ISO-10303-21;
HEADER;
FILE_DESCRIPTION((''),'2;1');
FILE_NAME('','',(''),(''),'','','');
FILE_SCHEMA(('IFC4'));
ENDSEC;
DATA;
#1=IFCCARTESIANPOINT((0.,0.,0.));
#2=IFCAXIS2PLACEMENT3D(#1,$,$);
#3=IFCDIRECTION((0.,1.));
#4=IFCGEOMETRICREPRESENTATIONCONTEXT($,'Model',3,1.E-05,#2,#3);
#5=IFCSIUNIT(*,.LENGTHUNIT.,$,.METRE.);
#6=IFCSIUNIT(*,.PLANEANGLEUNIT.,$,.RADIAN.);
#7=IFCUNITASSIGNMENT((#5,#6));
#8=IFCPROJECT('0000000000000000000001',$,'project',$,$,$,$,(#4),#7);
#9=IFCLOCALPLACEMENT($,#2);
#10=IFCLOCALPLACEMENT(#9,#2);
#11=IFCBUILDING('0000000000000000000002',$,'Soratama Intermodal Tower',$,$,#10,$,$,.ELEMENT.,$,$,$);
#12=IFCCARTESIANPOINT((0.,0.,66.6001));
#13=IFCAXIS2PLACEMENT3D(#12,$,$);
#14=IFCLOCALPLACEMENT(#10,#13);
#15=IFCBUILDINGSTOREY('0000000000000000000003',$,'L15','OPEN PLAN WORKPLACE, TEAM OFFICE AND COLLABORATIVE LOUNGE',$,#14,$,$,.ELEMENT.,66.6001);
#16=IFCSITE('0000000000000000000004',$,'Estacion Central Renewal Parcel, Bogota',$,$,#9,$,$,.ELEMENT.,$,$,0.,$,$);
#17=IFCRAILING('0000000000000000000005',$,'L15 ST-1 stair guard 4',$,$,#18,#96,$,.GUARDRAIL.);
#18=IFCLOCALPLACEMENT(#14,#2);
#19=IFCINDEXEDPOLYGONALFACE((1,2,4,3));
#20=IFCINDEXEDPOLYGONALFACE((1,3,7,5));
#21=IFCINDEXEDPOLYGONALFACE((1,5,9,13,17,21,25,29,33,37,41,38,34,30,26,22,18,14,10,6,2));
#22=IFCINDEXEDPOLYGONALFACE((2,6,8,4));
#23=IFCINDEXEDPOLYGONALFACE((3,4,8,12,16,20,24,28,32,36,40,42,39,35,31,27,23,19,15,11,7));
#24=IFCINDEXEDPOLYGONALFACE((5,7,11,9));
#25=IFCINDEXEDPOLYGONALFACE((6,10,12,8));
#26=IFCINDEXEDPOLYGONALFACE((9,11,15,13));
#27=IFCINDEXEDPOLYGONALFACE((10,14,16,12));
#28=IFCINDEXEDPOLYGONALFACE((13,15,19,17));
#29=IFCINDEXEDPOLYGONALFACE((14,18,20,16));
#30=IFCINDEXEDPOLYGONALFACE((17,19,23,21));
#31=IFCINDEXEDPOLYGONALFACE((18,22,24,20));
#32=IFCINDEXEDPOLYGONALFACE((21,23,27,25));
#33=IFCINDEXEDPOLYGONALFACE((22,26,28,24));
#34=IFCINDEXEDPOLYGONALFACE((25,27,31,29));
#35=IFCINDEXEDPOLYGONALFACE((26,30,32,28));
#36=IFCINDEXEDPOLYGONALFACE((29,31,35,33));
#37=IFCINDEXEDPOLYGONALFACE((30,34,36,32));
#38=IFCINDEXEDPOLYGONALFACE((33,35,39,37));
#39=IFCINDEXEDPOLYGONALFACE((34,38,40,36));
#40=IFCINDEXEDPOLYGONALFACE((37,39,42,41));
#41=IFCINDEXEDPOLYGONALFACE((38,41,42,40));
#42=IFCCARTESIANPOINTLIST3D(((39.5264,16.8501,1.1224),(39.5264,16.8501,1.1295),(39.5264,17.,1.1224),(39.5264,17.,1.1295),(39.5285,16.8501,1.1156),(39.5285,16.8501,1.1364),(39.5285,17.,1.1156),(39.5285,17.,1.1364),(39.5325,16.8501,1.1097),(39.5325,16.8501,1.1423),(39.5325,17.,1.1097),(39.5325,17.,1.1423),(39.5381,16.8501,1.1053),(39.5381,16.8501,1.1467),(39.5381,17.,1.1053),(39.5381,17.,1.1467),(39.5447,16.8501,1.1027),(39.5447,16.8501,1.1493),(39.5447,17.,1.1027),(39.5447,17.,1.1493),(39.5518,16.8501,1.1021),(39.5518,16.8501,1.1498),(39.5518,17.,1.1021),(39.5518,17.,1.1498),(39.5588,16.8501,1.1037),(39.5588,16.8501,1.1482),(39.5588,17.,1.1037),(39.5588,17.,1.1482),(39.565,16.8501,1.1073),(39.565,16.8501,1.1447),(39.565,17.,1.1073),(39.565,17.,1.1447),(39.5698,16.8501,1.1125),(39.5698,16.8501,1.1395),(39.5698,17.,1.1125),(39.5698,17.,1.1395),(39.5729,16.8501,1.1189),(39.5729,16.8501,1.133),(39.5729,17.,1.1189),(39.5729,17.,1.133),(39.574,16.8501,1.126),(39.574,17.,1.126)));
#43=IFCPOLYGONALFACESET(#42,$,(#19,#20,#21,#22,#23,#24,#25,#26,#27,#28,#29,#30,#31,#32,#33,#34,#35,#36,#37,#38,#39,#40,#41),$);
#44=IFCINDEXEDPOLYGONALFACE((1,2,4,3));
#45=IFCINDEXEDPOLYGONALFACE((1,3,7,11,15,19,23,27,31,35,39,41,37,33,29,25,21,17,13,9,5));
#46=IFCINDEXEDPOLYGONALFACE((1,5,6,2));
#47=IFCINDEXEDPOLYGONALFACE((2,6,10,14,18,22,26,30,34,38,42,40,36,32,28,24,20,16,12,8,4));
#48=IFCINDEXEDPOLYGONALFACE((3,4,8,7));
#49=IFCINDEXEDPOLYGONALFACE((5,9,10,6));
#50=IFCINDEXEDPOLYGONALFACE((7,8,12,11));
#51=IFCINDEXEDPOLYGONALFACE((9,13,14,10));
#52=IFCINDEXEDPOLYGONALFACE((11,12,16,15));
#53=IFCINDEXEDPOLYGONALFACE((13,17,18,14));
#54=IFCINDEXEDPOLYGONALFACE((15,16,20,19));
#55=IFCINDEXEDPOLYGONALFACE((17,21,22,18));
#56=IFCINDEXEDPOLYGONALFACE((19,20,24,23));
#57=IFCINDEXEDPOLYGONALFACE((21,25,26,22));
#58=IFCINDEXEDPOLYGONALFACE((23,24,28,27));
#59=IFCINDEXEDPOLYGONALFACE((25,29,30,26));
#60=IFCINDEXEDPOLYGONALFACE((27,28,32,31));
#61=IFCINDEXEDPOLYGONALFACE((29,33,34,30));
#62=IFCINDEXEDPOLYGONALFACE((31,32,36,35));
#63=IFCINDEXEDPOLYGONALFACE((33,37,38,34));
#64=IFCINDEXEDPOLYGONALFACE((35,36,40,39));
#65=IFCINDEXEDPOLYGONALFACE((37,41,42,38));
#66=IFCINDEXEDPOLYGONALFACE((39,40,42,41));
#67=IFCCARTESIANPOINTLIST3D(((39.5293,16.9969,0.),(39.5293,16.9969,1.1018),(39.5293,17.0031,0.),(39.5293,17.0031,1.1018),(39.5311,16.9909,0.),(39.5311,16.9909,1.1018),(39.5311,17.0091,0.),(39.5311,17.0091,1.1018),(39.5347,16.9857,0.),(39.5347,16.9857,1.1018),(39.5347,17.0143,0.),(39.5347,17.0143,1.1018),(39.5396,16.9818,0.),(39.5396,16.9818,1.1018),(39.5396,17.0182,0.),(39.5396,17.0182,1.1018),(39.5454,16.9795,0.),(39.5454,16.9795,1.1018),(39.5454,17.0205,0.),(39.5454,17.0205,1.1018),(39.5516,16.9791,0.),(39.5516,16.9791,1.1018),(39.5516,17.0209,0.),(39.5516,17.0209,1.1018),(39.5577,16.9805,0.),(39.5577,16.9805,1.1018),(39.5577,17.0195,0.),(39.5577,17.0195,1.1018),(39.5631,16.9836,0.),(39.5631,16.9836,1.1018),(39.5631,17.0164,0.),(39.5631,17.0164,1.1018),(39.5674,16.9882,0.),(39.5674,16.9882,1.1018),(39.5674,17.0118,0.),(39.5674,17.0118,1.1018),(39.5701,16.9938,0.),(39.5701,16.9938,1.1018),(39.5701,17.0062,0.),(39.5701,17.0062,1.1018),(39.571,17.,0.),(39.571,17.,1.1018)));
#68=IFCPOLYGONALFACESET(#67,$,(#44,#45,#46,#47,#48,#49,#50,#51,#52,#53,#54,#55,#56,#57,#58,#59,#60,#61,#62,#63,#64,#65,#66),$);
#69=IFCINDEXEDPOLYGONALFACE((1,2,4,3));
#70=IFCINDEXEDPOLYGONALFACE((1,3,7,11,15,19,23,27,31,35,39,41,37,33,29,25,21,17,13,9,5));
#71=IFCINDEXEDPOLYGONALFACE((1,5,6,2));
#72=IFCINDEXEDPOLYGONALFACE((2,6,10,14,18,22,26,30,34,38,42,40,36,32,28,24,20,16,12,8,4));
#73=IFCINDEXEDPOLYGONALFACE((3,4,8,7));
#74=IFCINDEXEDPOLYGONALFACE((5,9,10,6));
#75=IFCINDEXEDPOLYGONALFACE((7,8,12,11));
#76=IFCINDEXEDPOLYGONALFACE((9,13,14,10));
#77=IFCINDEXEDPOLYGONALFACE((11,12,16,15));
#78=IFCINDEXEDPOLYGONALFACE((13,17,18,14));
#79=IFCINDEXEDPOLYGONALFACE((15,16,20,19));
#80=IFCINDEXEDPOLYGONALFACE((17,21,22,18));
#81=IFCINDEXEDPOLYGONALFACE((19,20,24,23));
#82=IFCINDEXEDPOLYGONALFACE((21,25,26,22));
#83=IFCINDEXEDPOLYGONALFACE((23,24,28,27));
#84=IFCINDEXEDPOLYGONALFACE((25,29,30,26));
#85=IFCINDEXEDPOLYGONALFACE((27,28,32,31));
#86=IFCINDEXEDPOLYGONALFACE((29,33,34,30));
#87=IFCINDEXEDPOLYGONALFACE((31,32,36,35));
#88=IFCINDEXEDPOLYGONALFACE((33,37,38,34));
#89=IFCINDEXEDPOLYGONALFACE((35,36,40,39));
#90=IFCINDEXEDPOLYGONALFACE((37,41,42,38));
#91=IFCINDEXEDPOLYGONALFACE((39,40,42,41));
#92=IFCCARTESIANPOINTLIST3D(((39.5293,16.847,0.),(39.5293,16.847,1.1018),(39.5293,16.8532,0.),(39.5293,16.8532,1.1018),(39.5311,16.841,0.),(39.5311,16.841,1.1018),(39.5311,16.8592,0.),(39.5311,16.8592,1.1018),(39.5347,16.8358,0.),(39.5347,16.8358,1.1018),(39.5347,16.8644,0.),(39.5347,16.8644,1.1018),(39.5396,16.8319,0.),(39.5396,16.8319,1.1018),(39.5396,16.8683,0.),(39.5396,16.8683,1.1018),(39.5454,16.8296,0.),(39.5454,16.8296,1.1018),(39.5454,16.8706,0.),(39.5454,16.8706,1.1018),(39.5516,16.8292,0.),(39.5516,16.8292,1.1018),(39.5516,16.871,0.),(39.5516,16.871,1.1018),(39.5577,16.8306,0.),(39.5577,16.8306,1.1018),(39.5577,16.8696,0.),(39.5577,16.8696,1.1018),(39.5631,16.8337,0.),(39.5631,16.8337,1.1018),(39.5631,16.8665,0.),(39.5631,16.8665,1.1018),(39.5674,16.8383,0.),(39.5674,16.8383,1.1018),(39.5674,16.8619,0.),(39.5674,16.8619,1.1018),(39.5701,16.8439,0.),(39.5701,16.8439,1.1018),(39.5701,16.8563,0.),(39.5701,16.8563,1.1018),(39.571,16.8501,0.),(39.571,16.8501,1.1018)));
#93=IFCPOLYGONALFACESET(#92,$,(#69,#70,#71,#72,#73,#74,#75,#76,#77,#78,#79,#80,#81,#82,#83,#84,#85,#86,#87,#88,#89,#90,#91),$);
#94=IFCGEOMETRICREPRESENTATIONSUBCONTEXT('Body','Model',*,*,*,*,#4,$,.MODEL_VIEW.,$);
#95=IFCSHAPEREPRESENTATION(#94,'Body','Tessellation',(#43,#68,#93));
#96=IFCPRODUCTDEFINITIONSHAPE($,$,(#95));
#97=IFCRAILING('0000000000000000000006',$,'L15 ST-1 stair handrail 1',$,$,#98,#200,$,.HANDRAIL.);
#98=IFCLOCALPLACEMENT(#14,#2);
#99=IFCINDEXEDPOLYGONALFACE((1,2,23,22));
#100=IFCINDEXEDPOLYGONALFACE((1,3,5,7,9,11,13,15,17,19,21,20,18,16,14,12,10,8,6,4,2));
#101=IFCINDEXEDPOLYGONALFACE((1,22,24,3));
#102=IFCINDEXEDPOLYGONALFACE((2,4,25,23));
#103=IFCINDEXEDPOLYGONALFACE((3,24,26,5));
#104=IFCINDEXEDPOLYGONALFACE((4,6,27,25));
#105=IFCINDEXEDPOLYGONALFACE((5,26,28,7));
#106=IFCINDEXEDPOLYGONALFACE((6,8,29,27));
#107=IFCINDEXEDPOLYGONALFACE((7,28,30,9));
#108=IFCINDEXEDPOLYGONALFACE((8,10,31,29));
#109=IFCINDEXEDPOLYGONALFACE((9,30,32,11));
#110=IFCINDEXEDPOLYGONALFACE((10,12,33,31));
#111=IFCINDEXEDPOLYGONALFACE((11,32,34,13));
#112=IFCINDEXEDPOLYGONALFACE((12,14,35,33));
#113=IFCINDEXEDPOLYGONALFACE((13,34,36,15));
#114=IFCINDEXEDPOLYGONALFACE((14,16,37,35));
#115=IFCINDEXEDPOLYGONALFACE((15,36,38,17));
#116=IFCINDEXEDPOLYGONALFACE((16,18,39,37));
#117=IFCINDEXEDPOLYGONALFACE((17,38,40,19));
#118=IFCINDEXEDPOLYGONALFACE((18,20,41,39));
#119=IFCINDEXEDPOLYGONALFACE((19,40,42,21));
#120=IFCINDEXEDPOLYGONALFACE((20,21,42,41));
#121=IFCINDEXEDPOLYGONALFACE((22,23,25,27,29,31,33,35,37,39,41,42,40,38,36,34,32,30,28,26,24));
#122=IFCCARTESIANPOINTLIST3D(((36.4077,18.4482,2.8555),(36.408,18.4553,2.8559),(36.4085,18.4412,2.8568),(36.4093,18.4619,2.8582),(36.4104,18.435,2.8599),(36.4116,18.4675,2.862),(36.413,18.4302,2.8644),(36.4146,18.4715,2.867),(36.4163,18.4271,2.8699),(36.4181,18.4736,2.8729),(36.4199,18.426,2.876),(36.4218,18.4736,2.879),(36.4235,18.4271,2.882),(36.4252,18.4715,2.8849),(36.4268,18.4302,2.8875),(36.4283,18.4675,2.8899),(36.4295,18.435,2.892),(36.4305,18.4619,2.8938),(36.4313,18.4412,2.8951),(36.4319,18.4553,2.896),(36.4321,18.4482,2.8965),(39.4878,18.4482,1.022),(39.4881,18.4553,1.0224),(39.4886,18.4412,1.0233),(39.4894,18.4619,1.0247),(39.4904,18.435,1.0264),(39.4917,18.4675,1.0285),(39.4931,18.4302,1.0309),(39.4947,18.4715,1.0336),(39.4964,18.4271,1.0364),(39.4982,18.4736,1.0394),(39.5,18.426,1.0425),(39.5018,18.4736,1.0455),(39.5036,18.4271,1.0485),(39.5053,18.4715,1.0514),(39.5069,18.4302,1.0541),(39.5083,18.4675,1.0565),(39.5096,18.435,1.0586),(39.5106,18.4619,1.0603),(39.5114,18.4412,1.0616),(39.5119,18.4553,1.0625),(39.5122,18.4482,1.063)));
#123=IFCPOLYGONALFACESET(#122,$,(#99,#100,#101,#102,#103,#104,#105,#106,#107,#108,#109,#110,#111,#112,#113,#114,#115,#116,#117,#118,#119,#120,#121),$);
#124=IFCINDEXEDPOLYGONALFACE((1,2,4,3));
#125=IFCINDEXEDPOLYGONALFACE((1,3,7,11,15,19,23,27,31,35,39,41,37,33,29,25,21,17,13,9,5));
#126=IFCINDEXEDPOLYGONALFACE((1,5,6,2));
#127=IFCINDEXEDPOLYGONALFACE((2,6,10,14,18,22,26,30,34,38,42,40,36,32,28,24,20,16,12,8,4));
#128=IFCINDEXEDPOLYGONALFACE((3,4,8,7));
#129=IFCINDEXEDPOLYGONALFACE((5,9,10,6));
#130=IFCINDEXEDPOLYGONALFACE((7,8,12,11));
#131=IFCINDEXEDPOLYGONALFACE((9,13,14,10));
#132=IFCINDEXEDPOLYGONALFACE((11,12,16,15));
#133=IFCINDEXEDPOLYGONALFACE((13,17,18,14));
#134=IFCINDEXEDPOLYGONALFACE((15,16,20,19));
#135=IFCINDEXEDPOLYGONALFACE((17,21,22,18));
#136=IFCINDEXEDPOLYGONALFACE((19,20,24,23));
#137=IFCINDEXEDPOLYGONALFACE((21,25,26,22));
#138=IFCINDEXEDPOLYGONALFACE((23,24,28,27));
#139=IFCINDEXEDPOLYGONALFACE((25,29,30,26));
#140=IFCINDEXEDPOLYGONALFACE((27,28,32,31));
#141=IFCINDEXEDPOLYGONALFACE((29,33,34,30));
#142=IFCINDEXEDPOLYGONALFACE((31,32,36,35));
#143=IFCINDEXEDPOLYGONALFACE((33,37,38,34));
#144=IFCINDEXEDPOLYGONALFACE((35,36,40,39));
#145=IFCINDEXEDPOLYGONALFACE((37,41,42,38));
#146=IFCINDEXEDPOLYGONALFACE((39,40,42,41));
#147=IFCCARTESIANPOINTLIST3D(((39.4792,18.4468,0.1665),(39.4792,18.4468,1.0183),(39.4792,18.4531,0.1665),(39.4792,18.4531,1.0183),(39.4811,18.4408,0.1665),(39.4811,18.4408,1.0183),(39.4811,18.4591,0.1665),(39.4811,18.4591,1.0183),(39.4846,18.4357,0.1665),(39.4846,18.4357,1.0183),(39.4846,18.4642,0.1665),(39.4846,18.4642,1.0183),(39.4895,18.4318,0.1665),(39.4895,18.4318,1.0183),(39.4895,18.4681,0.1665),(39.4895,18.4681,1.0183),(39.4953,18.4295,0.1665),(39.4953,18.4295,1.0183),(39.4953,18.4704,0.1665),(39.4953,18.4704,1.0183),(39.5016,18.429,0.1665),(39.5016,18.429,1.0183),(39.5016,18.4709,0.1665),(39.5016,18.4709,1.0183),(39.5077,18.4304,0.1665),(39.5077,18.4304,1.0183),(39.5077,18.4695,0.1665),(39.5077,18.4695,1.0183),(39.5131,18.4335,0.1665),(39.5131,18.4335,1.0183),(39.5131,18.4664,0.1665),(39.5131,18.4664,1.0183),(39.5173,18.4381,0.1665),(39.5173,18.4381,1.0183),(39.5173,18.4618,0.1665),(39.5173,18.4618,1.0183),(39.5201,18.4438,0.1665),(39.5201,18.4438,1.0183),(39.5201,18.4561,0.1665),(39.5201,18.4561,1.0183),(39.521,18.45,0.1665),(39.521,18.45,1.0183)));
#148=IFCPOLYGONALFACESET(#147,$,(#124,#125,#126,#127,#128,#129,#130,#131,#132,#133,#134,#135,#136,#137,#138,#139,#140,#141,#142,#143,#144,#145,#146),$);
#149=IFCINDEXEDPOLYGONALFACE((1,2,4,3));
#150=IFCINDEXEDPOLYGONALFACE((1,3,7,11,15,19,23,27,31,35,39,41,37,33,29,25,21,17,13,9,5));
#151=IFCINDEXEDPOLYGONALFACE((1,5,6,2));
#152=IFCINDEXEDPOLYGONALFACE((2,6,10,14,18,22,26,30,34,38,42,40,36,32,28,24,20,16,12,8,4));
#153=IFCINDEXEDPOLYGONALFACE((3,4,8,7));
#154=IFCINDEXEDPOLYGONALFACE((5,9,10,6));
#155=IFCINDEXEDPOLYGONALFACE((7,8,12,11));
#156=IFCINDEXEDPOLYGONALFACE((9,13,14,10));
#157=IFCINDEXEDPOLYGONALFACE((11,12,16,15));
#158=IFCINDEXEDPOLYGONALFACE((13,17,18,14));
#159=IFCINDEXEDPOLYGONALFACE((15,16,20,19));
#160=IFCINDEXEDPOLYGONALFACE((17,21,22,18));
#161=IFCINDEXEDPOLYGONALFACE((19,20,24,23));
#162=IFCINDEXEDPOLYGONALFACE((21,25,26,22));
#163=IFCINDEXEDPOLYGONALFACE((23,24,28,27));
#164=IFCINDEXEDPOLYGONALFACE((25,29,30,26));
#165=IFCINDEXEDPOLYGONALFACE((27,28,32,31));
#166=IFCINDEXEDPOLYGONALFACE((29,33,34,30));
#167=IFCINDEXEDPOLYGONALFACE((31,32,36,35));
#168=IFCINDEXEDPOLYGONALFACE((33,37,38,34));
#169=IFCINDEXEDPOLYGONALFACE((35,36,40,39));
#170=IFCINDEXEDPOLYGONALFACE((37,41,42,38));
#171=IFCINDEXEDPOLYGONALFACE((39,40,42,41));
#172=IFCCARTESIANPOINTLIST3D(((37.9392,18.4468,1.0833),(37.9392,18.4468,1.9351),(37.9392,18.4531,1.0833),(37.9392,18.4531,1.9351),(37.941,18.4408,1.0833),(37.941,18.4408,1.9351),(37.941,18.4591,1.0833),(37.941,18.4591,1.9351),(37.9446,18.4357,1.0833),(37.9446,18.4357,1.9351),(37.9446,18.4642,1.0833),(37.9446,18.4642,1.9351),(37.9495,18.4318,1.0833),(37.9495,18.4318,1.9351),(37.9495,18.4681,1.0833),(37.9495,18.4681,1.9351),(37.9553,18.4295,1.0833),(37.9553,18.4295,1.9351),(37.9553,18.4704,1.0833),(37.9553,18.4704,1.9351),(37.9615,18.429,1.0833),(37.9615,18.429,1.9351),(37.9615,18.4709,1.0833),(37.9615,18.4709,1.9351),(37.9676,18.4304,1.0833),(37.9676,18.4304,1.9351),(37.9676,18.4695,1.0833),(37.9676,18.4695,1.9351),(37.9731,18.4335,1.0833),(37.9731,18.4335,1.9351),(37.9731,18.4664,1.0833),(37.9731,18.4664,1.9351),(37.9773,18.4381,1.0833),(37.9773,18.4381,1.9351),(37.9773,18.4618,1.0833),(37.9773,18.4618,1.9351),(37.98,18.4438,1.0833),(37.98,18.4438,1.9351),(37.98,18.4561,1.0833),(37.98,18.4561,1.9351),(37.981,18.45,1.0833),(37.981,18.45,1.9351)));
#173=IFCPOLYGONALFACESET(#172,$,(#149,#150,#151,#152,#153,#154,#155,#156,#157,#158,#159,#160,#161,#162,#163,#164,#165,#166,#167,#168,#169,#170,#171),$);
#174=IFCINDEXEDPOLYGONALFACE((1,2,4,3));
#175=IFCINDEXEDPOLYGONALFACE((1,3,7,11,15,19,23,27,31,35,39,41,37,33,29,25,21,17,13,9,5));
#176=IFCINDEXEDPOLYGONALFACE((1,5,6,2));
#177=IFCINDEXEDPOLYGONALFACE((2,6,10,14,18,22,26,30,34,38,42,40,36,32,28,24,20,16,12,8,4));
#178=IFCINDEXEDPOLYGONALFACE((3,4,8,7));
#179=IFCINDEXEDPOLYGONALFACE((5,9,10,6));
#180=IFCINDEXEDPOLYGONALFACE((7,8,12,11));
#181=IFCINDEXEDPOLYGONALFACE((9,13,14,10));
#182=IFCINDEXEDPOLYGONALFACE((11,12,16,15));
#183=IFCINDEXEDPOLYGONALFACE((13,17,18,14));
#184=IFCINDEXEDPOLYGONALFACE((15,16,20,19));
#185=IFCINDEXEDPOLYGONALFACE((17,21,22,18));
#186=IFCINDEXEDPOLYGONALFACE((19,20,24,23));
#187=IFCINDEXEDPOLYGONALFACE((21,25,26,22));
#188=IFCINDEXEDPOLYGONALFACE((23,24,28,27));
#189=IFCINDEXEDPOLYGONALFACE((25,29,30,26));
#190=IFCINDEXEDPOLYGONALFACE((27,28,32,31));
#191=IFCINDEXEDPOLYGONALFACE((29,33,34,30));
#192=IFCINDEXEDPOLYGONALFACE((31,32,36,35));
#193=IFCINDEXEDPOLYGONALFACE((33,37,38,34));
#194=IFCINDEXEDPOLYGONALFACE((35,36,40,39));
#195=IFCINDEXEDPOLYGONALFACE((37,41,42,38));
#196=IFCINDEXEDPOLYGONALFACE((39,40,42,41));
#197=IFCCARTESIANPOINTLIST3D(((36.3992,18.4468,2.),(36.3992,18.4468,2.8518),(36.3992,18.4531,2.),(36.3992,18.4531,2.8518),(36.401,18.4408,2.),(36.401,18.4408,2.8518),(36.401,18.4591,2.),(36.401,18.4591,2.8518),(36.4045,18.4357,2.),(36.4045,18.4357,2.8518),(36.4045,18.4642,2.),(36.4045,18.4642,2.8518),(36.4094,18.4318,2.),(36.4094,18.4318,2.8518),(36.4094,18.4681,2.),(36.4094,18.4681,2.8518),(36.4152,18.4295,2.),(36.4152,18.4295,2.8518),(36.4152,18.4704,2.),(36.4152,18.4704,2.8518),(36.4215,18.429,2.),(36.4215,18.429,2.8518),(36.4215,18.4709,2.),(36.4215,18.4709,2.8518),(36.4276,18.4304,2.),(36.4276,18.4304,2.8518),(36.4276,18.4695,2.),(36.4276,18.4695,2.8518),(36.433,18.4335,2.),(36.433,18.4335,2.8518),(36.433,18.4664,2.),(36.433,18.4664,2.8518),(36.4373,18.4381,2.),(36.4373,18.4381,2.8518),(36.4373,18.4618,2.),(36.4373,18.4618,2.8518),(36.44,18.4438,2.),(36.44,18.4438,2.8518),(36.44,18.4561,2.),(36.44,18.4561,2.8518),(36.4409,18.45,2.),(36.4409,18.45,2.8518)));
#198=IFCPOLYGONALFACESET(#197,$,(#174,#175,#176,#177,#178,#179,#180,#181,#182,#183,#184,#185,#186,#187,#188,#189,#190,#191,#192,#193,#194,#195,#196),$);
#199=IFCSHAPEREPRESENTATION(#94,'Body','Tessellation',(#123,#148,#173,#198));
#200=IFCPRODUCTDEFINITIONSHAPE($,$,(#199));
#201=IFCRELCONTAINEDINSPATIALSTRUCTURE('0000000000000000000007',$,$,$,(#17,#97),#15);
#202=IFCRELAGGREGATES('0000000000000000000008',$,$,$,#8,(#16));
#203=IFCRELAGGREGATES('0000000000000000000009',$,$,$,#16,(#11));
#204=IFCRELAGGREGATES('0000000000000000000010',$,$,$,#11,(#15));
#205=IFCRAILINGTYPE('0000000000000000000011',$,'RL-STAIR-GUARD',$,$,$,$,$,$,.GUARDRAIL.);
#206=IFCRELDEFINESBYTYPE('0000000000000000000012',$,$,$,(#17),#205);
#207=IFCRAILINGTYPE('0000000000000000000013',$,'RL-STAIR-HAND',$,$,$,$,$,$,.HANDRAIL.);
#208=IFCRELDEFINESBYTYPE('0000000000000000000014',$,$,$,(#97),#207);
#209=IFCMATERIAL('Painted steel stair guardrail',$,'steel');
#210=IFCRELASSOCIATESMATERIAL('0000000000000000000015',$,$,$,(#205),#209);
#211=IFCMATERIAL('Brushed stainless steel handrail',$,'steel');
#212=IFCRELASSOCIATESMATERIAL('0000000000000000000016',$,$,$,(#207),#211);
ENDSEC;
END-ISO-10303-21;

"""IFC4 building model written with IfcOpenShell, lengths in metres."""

from ifc_helpers import new_model, si_unit, direction, frame, origin, origin_2d, place, context, subcontext, project, spatial, circle, extrude, material, type_object, element, save


model = new_model("IFC4")

# Units and contexts
model_context = context("Model", 3, precision=1e-05, world=origin(), true_north=direction((0.0, 1.0)))
body_context = subcontext(model_context, "Body", "Model", "MODEL_VIEW")
ifc_project = project(units=[si_unit("LENGTHUNIT", "METRE"), si_unit("PLANEANGLEUNIT", "RADIAN")], contexts=[model_context])

# Site, building, storey
site_placement = place(None, origin())
site = spatial("IfcSite", under=ifc_project, at=site_placement, Name="Estacion Central Renewal Parcel, Bogota", CompositionType="ELEMENT", RefElevation=0.0)
building_placement = place(site_placement, origin())
building = spatial("IfcBuilding", under=site, at=building_placement, Name="Soratama Intermodal Tower", CompositionType="ELEMENT")
storey_placement = place(building_placement, frame((0.0, 0.0, 66.6001)))
storey = spatial("IfcBuildingStorey", under=building, at=storey_placement, Name="L15", Description="OPEN PLAN WORKPLACE, TEAM OFFICE AND COLLABORATIVE LOUNGE", CompositionType="ELEMENT", Elevation=66.6001)

# Railings
ifc_material_1 = material(Name="Painted steel stair guardrail", Category="steel")
railing_type_1 = type_object("IfcRailingType", Name="RL-STAIR-GUARD", PredefinedType="GUARDRAIL", material=ifc_material_1)
railing_1_placement = place(storey_placement, frame((39.55, 17.0, 0.0)))
element("IfcRailing", 1, at=railing_1_placement, inside=storey, type_object=railing_type_1, Name="L15 ST-1 stair guard 4", PredefinedType="GUARDRAIL", context=body_context, shape_type="SweptSolid", body=[
    extrude(circle(Radius=0.0239, at=origin_2d()), frame((0.0, 0.0, 1.126), z_axis=(0.0, -1.0, 0.0), x_axis=(1.0, 0.0, 0.0)), (0.0, 0.0, 1.0), 0.1499),
    extrude(circle(Radius=0.021, at=origin_2d()), origin(), (0.0, 0.0, 1.0), 1.1018),
    extrude(circle(Radius=0.021, at=origin_2d()), frame((0.0, -0.1499, 0.0)), (0.0, 0.0, 1.0), 1.1018),
])
ifc_material_2 = material(Name="Brushed stainless steel handrail", Category="steel")
railing_type_2 = type_object("IfcRailingType", Name="RL-STAIR-HAND", PredefinedType="HANDRAIL", material=ifc_material_2)
railing_2_placement = place(storey_placement, frame((39.5, 18.45, 0.1665)))
element("IfcRailing", 2, at=railing_2_placement, inside=storey, type_object=railing_type_2, Name="L15 ST-1 stair handrail 1", PredefinedType="HANDRAIL", context=body_context, shape_type="SweptSolid", body=[
    extrude(circle(Radius=0.0239, at=origin_2d()), frame((0.0, 0.0, 0.876), z_axis=(-0.859279, 0.0, 0.511508), x_axis=(0.0, -1.0, 0.0)), (0.0, 0.0, 1.0), 3.5845),
    extrude(circle(Radius=0.021, at=origin_2d()), origin(), (0.0, 0.0, 1.0), 0.8518),
    extrude(circle(Radius=0.021, at=origin_2d()), frame((-1.54, 0.0, 0.9167)), (0.0, 0.0, 1.0), 0.8518),
    extrude(circle(Radius=0.021, at=origin_2d()), frame((-3.0801, 0.0, 1.8335)), (0.0, 0.0, 1.0), 0.8518),
])

save(model, "model.ifc")
